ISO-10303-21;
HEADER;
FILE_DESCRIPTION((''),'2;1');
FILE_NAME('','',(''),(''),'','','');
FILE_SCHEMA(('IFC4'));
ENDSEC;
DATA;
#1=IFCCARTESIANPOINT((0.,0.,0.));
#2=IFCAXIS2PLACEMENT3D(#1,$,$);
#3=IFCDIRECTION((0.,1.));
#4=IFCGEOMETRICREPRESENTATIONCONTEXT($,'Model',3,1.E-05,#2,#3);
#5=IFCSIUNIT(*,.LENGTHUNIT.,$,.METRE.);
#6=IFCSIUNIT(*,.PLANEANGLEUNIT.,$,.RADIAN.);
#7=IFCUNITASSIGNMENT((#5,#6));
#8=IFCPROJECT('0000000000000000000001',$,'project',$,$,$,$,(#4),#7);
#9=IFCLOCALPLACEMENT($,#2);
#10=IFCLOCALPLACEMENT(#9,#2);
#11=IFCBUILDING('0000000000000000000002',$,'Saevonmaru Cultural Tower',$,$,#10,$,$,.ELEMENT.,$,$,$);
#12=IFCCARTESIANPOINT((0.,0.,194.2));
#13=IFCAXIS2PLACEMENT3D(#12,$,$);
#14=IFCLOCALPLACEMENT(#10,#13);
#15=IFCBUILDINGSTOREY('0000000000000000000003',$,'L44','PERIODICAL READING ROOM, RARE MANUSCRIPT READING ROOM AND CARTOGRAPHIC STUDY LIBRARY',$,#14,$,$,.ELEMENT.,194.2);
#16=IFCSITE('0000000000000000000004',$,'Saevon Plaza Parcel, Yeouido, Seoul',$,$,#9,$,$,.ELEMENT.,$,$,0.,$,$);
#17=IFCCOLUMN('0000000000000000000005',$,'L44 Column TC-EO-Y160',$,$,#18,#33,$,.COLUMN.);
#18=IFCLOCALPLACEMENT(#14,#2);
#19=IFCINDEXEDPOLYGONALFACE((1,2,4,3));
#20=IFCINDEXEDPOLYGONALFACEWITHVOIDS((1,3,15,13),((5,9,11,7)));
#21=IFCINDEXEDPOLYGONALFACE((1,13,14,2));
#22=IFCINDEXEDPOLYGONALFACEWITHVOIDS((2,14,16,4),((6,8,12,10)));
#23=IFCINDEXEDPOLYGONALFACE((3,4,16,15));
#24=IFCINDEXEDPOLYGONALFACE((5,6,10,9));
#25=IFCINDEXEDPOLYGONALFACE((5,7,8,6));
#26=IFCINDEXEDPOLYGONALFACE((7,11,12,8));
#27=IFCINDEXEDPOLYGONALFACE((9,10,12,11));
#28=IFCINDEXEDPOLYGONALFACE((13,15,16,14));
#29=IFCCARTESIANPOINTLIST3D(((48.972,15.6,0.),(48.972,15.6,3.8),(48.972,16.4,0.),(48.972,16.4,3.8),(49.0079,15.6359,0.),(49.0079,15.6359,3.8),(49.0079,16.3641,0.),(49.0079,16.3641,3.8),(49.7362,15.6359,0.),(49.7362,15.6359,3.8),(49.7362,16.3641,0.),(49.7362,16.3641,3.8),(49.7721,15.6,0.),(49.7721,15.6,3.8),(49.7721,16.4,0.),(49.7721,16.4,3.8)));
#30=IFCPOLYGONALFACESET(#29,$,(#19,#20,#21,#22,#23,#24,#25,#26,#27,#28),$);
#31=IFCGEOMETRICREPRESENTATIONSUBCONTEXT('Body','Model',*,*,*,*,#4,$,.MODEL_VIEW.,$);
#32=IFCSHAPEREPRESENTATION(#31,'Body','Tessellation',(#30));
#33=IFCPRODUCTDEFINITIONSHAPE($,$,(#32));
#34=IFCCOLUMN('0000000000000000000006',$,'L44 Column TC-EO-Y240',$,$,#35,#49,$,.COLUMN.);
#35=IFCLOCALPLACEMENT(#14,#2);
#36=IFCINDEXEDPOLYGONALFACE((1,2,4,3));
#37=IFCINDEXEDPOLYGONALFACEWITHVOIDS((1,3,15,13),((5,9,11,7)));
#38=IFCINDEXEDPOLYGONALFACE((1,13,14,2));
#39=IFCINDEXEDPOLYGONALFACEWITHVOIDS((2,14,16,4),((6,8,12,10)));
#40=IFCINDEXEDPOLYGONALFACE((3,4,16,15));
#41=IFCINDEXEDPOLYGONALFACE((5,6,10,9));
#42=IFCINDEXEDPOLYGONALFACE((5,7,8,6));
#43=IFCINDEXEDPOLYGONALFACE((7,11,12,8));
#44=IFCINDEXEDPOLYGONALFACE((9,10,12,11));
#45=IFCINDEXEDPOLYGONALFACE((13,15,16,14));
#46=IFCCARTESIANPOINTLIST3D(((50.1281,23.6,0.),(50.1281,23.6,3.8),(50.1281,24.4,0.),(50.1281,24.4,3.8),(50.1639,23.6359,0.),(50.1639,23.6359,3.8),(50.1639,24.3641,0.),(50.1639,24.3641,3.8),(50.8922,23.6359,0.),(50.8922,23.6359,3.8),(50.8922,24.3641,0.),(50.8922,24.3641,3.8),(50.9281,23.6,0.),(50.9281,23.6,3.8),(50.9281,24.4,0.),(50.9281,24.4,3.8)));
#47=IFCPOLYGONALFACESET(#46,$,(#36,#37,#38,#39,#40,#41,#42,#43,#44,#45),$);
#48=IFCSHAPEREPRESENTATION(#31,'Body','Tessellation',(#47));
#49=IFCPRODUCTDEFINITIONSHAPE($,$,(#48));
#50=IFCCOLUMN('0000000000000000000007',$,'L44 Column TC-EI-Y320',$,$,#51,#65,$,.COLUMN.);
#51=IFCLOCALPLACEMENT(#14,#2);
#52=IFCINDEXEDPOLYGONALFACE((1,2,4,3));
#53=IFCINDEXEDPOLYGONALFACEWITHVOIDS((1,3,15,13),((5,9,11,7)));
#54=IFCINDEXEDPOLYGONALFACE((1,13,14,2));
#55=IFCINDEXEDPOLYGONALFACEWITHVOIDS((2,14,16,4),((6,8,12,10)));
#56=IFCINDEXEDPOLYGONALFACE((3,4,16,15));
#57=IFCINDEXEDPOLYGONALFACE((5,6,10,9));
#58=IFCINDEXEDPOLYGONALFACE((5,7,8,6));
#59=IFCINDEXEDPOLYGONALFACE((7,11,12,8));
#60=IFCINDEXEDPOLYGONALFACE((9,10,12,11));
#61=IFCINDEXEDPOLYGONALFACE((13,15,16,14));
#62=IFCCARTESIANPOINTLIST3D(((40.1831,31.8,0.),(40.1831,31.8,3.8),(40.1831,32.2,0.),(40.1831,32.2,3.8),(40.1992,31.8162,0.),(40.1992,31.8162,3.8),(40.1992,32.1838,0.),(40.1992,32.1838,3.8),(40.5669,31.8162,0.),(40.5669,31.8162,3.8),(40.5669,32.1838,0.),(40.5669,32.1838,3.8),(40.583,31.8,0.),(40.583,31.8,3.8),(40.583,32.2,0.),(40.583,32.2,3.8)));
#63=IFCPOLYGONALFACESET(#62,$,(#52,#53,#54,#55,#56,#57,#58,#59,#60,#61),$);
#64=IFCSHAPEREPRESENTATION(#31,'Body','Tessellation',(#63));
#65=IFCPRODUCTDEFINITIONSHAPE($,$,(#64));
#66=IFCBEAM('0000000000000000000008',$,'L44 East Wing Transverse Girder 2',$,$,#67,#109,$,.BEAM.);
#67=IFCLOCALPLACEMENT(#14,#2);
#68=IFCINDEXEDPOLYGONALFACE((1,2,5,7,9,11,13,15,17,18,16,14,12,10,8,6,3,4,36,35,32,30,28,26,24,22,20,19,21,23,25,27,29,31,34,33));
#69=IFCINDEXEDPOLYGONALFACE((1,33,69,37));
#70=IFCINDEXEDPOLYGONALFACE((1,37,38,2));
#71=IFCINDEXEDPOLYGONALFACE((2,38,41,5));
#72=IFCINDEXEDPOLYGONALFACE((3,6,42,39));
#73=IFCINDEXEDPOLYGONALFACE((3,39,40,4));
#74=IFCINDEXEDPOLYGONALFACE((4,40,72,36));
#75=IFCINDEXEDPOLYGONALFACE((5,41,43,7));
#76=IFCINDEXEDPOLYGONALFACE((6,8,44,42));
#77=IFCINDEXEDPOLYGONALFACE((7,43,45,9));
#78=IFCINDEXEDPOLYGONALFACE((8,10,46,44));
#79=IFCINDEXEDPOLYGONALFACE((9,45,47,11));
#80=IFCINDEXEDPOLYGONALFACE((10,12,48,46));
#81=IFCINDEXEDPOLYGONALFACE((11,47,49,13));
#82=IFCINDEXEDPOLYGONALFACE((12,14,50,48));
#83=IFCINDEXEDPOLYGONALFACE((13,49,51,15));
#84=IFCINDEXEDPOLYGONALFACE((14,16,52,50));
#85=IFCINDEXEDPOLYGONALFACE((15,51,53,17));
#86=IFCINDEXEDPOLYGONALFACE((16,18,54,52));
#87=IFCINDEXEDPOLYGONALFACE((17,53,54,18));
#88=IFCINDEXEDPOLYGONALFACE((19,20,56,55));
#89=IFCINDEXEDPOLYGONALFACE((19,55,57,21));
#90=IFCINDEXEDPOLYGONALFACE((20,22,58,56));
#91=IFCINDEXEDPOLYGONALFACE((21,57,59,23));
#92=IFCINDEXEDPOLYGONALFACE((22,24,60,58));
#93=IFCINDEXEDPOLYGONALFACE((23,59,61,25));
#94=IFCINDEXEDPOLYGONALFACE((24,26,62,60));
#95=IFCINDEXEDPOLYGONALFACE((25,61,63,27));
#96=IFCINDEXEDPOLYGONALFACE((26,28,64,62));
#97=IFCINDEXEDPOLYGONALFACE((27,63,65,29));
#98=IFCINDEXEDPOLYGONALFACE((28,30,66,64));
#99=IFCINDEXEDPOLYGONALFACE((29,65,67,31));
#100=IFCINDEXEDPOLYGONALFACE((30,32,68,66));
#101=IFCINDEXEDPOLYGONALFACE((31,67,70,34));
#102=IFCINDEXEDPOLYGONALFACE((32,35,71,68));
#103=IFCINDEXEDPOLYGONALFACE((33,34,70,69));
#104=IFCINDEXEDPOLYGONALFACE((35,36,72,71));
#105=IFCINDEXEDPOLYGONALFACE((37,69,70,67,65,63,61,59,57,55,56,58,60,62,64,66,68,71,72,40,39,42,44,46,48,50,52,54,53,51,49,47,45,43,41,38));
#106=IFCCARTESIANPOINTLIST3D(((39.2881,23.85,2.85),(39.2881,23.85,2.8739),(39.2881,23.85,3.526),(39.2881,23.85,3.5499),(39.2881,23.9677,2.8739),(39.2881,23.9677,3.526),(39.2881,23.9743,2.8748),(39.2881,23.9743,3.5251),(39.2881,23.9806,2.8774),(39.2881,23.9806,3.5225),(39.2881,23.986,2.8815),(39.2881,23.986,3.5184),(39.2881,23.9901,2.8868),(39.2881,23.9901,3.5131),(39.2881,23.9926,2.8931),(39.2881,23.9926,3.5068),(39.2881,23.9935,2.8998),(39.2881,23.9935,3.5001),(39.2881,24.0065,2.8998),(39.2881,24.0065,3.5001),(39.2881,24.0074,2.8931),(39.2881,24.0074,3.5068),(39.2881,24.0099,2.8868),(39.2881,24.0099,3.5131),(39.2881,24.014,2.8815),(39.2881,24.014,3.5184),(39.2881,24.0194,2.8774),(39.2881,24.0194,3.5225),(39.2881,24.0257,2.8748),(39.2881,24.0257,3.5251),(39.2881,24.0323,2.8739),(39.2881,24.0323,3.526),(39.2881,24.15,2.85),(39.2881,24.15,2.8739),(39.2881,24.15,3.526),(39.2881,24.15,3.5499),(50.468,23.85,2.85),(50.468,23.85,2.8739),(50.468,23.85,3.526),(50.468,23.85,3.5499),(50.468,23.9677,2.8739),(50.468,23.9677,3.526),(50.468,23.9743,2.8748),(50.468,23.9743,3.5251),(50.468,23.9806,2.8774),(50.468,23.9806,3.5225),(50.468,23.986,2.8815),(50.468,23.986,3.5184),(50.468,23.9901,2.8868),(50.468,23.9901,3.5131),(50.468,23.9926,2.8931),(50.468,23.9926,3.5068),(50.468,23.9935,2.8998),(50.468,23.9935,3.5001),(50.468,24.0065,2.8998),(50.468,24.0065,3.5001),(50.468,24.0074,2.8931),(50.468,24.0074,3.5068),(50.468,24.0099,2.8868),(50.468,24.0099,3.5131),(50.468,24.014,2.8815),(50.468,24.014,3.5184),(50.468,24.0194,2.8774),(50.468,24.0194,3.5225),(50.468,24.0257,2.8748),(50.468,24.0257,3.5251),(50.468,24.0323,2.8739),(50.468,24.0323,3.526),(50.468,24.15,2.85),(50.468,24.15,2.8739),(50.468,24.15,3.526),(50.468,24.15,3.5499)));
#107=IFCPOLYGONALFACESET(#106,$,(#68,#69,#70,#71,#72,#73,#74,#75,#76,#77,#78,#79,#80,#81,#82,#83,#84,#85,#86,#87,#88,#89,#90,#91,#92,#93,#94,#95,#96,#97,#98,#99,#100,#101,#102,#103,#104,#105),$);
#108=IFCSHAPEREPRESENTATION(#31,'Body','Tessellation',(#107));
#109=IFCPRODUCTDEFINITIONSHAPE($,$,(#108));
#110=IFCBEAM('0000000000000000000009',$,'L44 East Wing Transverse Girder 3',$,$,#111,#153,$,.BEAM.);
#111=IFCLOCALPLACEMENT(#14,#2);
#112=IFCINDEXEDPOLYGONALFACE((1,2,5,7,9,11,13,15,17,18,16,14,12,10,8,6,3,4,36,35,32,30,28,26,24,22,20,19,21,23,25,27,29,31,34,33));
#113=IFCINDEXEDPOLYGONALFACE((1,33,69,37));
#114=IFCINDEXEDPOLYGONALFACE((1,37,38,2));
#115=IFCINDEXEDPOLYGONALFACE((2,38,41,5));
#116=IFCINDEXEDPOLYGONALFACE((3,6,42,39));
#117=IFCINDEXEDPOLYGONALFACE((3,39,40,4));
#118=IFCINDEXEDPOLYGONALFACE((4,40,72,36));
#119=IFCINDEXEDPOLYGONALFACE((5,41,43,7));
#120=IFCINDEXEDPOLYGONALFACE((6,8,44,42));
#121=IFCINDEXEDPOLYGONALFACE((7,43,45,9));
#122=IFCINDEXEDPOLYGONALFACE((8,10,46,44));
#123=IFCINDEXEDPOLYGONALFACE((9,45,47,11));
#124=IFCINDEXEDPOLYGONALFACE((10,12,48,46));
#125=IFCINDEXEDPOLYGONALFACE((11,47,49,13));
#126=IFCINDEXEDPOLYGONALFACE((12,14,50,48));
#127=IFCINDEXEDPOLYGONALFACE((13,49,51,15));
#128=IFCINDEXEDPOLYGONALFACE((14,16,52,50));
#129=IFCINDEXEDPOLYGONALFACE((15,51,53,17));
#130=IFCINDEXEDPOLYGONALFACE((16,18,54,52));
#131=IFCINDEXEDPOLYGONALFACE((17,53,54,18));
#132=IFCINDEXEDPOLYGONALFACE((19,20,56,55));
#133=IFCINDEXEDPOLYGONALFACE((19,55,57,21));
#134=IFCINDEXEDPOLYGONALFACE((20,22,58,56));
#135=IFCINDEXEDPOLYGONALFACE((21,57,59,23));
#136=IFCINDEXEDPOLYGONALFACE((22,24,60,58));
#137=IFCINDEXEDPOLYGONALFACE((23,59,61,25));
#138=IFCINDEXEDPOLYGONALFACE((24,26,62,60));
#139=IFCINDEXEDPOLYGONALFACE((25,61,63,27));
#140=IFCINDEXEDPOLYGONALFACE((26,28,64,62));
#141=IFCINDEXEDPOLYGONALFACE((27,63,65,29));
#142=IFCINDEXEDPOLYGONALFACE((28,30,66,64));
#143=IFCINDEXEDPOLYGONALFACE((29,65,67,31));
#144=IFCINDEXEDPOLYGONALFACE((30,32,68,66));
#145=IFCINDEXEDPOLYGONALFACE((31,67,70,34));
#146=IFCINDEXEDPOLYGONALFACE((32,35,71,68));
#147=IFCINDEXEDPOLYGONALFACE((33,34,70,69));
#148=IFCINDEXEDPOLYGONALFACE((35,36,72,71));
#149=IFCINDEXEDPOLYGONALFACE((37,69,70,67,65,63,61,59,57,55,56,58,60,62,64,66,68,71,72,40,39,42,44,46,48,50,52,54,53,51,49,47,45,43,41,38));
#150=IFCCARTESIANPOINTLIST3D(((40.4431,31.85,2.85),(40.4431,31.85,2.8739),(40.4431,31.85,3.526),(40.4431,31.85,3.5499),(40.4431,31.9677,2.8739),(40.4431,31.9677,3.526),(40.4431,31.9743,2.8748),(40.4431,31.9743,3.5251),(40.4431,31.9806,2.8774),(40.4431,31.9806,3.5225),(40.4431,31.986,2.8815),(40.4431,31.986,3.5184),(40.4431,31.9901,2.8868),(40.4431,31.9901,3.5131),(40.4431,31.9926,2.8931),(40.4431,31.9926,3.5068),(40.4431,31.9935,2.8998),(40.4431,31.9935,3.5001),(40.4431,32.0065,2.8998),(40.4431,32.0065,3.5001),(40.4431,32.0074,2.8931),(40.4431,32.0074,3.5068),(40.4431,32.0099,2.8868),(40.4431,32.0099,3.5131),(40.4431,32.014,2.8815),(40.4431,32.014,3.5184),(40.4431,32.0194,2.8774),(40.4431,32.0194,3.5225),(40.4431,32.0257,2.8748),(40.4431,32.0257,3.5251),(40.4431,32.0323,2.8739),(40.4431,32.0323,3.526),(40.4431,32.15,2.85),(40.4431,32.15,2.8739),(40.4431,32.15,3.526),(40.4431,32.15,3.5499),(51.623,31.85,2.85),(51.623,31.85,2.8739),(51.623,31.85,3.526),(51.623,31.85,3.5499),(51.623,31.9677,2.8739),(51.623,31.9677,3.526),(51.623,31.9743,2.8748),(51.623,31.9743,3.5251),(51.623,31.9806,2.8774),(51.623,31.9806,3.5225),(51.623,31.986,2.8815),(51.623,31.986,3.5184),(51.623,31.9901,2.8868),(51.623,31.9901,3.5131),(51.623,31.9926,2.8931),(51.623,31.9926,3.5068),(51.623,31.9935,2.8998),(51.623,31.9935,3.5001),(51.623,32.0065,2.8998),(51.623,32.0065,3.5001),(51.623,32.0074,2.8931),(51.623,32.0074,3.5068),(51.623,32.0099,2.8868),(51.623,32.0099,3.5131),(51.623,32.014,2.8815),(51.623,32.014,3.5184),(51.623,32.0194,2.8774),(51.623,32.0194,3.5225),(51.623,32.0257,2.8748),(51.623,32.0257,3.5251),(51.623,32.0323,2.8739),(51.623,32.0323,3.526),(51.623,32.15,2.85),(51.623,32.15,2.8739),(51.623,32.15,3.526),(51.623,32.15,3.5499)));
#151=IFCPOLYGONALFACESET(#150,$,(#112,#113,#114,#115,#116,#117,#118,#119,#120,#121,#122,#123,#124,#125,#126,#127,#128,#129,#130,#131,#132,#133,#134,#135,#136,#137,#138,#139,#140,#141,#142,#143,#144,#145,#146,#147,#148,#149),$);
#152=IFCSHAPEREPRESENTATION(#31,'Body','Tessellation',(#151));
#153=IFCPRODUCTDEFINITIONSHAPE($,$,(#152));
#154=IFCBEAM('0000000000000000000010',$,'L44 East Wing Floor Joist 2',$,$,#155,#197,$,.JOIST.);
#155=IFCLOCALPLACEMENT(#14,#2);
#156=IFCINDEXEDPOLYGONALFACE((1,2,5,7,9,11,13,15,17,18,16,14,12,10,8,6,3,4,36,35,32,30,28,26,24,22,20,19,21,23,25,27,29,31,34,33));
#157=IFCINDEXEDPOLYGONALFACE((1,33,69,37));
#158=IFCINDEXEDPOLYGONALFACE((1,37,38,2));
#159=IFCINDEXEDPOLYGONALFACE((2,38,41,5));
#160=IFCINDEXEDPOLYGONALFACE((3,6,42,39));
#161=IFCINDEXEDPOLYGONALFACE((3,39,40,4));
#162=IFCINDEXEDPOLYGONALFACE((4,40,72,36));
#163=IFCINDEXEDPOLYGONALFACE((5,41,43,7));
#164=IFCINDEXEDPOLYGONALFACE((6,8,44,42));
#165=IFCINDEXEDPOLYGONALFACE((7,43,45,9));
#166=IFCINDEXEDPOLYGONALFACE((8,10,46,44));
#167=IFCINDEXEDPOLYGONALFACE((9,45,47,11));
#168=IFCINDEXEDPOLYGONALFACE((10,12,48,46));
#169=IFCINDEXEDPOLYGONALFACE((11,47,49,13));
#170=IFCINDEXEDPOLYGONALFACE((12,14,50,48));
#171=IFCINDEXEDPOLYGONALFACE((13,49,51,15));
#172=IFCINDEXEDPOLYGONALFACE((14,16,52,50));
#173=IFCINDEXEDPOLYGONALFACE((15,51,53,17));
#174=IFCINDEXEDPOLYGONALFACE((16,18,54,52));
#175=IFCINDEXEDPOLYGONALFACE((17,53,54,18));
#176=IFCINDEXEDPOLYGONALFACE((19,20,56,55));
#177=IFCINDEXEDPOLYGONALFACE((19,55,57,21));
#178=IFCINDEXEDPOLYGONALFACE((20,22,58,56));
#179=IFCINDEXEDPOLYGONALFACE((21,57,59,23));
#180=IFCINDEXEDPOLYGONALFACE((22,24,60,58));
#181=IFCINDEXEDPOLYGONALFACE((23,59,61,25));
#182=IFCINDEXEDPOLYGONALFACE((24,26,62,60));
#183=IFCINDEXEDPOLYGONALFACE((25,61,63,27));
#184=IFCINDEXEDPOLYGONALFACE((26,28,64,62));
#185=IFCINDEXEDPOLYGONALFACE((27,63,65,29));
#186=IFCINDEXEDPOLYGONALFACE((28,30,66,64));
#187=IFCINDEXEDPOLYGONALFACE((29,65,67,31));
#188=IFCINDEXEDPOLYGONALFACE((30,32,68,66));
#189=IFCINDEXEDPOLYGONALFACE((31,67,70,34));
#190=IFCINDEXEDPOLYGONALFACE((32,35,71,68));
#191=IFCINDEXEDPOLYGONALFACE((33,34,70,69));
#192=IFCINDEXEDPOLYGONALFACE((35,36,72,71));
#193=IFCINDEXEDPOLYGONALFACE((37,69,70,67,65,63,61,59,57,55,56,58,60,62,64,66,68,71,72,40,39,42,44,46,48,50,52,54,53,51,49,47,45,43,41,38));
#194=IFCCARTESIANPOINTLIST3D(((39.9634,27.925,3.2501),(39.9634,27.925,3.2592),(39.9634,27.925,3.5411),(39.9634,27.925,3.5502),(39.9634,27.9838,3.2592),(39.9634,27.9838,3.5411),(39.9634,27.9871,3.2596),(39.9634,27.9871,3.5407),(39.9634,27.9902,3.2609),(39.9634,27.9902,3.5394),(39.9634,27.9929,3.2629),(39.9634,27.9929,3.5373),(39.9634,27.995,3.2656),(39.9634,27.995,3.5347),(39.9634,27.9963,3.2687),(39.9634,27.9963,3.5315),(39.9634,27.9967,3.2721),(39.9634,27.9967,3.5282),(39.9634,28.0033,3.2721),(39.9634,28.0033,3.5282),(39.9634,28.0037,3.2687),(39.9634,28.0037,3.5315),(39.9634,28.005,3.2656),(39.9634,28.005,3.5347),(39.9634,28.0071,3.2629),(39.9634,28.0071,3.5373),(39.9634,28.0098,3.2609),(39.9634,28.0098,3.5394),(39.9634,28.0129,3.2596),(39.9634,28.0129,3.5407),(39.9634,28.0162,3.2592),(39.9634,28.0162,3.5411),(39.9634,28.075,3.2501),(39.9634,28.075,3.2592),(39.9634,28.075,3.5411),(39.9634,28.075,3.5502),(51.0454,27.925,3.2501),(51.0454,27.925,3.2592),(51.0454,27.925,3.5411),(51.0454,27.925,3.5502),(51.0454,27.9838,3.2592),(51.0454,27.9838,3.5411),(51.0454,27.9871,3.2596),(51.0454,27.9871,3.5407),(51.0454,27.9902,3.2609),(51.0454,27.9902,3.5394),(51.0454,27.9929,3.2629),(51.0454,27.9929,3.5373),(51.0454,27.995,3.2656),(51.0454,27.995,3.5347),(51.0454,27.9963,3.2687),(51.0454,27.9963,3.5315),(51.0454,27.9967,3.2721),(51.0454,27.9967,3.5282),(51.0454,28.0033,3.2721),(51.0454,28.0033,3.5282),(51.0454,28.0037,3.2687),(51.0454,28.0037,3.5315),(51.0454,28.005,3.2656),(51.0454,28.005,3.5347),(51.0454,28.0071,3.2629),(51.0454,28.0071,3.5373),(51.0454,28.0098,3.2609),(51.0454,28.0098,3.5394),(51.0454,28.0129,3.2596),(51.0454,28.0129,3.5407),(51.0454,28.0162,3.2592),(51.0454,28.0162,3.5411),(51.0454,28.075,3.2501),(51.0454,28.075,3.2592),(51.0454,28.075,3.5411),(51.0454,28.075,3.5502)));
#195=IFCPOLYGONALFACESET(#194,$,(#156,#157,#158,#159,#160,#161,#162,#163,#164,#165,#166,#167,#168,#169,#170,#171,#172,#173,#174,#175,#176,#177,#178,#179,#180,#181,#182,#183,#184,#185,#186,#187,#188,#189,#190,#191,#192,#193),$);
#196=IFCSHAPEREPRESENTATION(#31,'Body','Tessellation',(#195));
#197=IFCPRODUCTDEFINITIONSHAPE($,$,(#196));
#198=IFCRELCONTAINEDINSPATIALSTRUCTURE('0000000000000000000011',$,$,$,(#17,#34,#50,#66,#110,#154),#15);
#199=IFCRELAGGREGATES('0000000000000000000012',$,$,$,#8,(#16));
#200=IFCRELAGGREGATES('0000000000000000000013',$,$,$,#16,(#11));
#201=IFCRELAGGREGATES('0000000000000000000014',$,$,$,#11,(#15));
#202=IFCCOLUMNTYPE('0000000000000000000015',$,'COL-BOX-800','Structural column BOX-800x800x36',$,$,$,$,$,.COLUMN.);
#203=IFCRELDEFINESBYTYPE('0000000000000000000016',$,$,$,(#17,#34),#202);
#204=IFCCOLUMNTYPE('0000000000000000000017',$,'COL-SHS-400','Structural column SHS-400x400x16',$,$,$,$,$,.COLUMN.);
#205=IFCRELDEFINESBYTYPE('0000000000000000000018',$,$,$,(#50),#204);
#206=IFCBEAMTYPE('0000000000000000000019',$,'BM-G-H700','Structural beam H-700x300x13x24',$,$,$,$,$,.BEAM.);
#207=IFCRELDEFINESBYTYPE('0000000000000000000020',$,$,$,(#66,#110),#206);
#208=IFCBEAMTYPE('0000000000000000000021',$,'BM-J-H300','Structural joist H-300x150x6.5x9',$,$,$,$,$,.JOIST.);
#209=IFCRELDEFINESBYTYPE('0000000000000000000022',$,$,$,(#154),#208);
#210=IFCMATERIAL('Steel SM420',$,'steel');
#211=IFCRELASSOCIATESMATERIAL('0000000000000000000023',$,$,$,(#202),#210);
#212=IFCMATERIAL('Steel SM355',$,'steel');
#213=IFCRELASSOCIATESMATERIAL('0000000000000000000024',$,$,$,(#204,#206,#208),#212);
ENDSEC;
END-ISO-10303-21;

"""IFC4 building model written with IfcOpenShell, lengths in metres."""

from ifc_helpers import new_model, si_unit, direction, frame, origin, origin_2d, place, context, subcontext, project, spatial, hollow_rectangle, i_section, extrude, material, material_profile, profile_set, type_object, element, save


model = new_model("IFC4")

# Units and contexts
model_context = context("Model", 3, precision=1e-05, world=origin(), true_north=direction((0.0, 1.0)))
body_context = subcontext(model_context, "Body", "Model", "MODEL_VIEW")
ifc_project = project(units=[si_unit("LENGTHUNIT", "METRE"), si_unit("PLANEANGLEUNIT", "RADIAN")], contexts=[model_context])

# Site, building, storey
site_placement = place(None, origin())
site = spatial("IfcSite", under=ifc_project, at=site_placement, Name="Saevon Plaza Parcel, Yeouido, Seoul", CompositionType="ELEMENT", RefElevation=0.0)
building_placement = place(site_placement, origin())
building = spatial("IfcBuilding", under=site, at=building_placement, Name="Saevonmaru Cultural Tower", CompositionType="ELEMENT")
storey_placement = place(building_placement, frame((0.0, 0.0, 194.2)))
storey = spatial("IfcBuildingStorey", under=building, at=storey_placement, Name="L44", Description="PERIODICAL READING ROOM, RARE MANUSCRIPT READING ROOM AND CARTOGRAPHIC STUDY LIBRARY", CompositionType="ELEMENT", Elevation=194.2)

# Columns
ifc_material_1 = material(Name="Steel SM420", Category="steel")
ifc_material_profile_1 = material_profile(ifc_material_1, hollow_rectangle(XDim=0.8, YDim=0.8, WallThickness=0.0359, at=origin_2d()), Name="BOX-800x800x36")
ifc_profile_set_1 = profile_set([ifc_material_profile_1], Name="Steel SM420")
column_type_1 = type_object("IfcColumnType", Name="COL-BOX-800", Description="Structural column BOX-800x800x36", PredefinedType="COLUMN", material=ifc_profile_set_1)
for number, where, z_axis, x_axis, name in (
    (1, (49.3721, 16.0, 0.0), (0.0, 0.0, 1.0), (1.0, 0.0, 0.0), "L44 Column TC-EO-Y160"),
    (2, (50.5281, 24.0, 0.0), (0.0, 0.0, 1.0), (1.0, 0.0, 0.0), "L44 Column TC-EO-Y240"),
):
    element("IfcColumn", number, at=place(storey_placement, frame(where, z_axis=z_axis, x_axis=x_axis)), inside=storey, type_object=column_type_1, Name=name, PredefinedType="COLUMN", context=body_context, shape_type="SweptSolid", body=[
        extrude(hollow_rectangle(XDim=0.8, YDim=0.8, WallThickness=0.0359, at=origin_2d()), origin(), (0.0, 0.0, 1.0), 3.8),
    ])
ifc_material_2 = material(Name="Steel SM355", Category="steel")
ifc_material_profile_2 = material_profile(ifc_material_2, hollow_rectangle(XDim=0.3999, YDim=0.3999, WallThickness=0.0161, at=origin_2d()), Name="SHS-400x400x16")
ifc_profile_set_2 = profile_set([ifc_material_profile_2], Name="Steel SM355")
column_type_2 = type_object("IfcColumnType", Name="COL-SHS-400", Description="Structural column SHS-400x400x16", PredefinedType="COLUMN", material=ifc_profile_set_2)
column_placement = place(storey_placement, frame((40.3831, 32.0, 0.0), z_axis=(0.0, 0.0, 1.0), x_axis=(1.0, 0.0, 0.0)))
element("IfcColumn", 3, at=column_placement, inside=storey, type_object=column_type_2, Name="L44 Column TC-EI-Y320", PredefinedType="COLUMN", context=body_context, shape_type="SweptSolid", body=[
    extrude(hollow_rectangle(XDim=0.3999, YDim=0.3999, WallThickness=0.0161, at=origin_2d()), origin(), (0.0, 0.0, 1.0), 3.8),
])

# Beams
ifc_material_profile_3 = material_profile(ifc_material_2, i_section(OverallWidth=0.3, OverallDepth=0.7, WebThickness=0.0129, FlangeThickness=0.0239, FilletRadius=0.0259, at=origin_2d()), Name="H-700x300x13x24")
ifc_profile_set_3 = profile_set([ifc_material_profile_3], Name="Steel SM355")
beam_type_1 = type_object("IfcBeamType", Name="BM-G-H700", Description="Structural beam H-700x300x13x24", PredefinedType="BEAM", material=ifc_profile_set_3)
for number, where, z_axis, x_axis, name in (
    (4, (39.2881, 24.0, 3.2), (1.0, 0.0, 0.0), (0.0, 1.0, 0.0), "L44 East Wing Transverse Girder 2"),
    (5, (40.4431, 32.0, 3.2), (1.0, 0.0, 0.0), (0.0, 1.0, 0.0), "L44 East Wing Transverse Girder 3"),
):
    element("IfcBeam", number, at=place(storey_placement, frame(where, z_axis=z_axis, x_axis=x_axis)), inside=storey, type_object=beam_type_1, Name=name, PredefinedType="BEAM", context=body_context, shape_type="SweptSolid", body=[
        extrude(i_section(OverallWidth=0.3, OverallDepth=0.7, WebThickness=0.0129, FlangeThickness=0.0239, FilletRadius=0.0259, at=origin_2d()), origin(), (0.0, 0.0, 1.0), 11.1799),
    ])
ifc_material_profile_4 = material_profile(ifc_material_2, i_section(OverallWidth=0.1499, OverallDepth=0.3, WebThickness=0.0066, FlangeThickness=0.009, FilletRadius=0.0129, at=origin_2d()), Name="H-300x150x6.5x9")
ifc_profile_set_4 = profile_set([ifc_material_profile_4], Name="Steel SM355")
beam_type_2 = type_object("IfcBeamType", Name="BM-J-H300", Description="Structural joist H-300x150x6.5x9", PredefinedType="JOIST", material=ifc_profile_set_4)
beam_placement = place(storey_placement, frame((39.9634, 28.0, 3.4001), z_axis=(1.0, 0.0, 0.0), x_axis=(0.0, 1.0, 0.0)))
element("IfcBeam", 6, at=beam_placement, inside=storey, type_object=beam_type_2, Name="L44 East Wing Floor Joist 2", PredefinedType="JOIST", context=body_context, shape_type="SweptSolid", body=[
    extrude(i_section(OverallWidth=0.1499, OverallDepth=0.3, WebThickness=0.0066, FlangeThickness=0.009, FilletRadius=0.0129, at=origin_2d()), origin(), (0.0, 0.0, 1.0), 11.082),
])

save(model, "model.ifc")
